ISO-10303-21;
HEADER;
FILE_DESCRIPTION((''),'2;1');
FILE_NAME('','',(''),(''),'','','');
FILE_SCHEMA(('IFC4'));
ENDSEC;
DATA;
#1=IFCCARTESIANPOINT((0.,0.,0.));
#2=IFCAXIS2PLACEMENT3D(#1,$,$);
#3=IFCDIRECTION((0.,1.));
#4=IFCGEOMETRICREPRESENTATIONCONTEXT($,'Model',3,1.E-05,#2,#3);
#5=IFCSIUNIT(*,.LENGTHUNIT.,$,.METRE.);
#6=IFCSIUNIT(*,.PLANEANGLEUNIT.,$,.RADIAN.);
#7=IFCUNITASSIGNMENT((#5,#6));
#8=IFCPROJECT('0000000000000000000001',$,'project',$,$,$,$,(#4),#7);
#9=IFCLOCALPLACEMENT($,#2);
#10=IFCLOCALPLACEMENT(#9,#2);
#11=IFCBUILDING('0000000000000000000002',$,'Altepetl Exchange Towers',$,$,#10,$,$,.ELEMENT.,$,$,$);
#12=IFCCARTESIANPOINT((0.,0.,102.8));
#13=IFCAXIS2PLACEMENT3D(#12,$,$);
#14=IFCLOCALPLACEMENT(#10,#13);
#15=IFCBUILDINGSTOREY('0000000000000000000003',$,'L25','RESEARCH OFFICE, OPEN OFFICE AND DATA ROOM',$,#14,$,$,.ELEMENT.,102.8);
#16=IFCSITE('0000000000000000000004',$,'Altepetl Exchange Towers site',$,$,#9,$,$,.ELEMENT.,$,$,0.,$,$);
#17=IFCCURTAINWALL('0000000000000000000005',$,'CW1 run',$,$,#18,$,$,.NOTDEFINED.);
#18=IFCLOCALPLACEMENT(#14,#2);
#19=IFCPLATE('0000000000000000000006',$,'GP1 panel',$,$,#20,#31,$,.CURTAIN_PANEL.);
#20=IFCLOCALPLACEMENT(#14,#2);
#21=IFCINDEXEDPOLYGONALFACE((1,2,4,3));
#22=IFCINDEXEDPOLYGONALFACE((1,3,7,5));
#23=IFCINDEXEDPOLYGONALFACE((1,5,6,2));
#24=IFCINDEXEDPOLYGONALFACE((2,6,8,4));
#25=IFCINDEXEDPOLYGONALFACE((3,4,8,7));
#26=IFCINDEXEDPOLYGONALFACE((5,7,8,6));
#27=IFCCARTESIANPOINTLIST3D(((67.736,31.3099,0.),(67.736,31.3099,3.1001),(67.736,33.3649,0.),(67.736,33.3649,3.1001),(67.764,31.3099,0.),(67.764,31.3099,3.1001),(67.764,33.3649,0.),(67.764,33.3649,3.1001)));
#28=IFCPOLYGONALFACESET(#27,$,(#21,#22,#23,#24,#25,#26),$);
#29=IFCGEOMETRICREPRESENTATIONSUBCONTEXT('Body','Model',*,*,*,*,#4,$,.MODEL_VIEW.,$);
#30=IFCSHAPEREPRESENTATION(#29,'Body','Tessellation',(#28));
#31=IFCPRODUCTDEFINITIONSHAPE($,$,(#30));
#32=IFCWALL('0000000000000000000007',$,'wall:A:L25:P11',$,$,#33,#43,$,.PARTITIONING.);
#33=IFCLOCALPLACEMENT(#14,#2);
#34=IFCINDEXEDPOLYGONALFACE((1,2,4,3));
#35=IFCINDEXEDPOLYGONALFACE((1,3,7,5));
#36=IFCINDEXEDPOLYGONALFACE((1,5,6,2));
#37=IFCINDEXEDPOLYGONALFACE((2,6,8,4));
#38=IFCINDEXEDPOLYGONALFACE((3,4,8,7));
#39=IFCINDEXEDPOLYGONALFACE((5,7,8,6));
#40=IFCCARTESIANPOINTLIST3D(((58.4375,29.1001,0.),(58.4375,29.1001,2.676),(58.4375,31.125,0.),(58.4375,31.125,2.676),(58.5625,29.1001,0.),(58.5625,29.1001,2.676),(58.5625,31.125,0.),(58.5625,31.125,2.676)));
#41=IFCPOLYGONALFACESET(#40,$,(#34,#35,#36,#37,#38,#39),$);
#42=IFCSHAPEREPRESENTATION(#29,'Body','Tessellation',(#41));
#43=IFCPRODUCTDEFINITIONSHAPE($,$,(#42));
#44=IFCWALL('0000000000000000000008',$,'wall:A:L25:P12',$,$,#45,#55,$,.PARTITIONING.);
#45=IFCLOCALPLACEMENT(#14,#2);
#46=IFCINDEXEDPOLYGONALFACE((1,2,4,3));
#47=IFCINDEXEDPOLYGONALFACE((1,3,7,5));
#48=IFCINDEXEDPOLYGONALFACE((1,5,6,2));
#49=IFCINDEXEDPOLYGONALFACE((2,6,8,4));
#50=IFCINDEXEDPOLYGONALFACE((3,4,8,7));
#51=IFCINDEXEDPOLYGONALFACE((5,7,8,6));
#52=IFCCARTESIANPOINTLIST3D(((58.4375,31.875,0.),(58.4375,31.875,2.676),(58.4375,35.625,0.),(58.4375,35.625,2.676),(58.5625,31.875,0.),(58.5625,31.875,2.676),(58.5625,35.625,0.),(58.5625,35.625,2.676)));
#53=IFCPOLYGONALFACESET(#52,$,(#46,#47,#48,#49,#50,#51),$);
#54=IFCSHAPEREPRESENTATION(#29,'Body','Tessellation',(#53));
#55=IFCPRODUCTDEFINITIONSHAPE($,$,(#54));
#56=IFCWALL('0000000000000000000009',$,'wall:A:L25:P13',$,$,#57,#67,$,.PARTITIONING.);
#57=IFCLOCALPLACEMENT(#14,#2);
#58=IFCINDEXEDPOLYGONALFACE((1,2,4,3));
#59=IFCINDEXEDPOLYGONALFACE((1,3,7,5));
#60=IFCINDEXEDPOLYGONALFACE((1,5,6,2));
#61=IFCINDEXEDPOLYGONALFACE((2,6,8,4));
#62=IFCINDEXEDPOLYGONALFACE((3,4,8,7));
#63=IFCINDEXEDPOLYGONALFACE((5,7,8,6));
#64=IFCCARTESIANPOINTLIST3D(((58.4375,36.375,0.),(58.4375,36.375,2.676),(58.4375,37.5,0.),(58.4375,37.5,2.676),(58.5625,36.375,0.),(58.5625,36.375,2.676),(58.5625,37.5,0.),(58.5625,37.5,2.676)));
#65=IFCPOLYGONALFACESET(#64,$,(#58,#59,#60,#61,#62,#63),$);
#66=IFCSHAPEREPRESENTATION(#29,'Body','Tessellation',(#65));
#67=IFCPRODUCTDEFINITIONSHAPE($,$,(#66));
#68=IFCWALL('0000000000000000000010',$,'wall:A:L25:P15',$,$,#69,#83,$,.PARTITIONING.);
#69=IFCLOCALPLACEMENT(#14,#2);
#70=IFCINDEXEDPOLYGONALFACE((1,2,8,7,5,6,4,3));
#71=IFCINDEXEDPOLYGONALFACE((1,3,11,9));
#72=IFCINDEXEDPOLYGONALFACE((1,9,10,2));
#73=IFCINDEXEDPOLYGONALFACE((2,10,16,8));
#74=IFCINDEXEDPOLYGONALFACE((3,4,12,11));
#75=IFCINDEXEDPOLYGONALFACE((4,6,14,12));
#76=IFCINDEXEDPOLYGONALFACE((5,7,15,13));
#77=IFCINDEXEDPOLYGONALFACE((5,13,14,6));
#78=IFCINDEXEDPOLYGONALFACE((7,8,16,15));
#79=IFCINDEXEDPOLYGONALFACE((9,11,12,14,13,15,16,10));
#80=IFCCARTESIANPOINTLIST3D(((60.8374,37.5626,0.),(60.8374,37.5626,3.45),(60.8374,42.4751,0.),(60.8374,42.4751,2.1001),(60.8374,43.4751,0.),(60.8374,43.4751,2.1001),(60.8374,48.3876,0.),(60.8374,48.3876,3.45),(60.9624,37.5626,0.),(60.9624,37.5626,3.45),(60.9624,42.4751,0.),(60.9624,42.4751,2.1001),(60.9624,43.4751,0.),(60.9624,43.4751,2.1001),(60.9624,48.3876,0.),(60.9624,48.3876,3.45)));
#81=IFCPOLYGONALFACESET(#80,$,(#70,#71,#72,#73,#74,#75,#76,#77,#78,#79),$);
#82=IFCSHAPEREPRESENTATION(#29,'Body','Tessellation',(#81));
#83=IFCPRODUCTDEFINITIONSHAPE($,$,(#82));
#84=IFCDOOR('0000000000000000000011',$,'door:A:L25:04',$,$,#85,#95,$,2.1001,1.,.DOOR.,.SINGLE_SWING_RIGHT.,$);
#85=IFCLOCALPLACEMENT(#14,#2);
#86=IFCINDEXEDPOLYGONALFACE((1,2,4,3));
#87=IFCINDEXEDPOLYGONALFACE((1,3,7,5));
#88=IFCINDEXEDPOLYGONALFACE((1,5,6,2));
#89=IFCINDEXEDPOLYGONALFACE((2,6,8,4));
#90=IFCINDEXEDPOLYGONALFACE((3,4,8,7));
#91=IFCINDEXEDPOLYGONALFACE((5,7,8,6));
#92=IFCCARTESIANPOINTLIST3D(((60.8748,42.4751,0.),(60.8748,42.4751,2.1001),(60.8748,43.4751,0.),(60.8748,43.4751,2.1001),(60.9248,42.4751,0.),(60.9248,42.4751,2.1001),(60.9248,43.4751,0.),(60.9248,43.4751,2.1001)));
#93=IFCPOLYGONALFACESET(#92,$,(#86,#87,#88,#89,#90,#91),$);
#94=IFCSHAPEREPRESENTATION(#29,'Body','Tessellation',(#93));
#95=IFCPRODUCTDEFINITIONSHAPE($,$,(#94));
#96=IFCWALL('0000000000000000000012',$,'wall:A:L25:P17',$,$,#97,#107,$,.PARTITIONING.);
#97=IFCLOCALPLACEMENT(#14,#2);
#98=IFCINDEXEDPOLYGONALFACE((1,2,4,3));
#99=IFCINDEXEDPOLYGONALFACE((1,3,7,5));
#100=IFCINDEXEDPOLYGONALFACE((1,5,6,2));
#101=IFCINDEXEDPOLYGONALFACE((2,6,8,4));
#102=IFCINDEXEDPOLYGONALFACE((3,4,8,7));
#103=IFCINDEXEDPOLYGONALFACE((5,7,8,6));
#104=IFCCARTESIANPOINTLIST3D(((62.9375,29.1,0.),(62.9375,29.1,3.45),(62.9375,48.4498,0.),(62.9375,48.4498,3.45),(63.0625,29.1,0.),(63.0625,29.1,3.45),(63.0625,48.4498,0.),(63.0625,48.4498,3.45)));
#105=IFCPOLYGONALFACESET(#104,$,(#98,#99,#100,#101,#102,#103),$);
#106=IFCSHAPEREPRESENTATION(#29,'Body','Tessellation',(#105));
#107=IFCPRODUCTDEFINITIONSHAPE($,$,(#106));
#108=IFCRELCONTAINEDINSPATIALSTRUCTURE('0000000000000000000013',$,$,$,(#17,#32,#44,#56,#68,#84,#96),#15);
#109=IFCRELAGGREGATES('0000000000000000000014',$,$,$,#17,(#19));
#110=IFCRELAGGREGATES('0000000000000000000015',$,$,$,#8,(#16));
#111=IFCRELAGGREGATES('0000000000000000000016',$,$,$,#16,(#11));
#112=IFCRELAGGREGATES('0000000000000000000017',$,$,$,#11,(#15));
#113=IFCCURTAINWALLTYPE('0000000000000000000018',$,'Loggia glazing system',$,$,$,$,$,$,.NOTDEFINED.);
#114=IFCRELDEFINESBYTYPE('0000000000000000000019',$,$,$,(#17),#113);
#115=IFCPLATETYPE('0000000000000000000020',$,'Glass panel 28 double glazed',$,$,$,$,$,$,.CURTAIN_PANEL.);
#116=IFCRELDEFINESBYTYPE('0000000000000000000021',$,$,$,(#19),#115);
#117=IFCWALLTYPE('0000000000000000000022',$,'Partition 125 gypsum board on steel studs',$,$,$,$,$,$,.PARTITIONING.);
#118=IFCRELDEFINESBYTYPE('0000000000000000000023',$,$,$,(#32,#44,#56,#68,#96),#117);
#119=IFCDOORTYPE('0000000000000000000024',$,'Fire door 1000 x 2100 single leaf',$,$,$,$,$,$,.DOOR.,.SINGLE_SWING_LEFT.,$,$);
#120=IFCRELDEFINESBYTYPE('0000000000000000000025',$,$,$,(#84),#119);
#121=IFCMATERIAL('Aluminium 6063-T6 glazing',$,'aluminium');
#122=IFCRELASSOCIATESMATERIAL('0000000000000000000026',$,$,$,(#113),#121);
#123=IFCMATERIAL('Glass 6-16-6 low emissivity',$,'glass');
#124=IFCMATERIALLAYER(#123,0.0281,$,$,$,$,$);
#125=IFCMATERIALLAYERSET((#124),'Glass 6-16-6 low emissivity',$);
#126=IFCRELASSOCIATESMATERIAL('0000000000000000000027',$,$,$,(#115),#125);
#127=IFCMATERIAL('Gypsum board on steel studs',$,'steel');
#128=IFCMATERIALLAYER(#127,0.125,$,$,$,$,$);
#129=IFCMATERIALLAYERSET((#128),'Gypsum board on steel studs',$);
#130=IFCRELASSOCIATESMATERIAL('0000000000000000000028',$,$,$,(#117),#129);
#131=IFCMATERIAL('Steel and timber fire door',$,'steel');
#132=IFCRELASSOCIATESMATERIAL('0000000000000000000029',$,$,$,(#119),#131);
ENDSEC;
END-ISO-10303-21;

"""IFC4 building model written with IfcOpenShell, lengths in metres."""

from ifc_helpers import new_model, si_unit, direction, frame, frame_2d, origin, origin_2d, place, context, subcontext, project, spatial, rectangle, extrude, material, layer, layer_set, type_object, element, fill, aggregate, save


model = new_model("IFC4")

# Units and contexts
model_context = context("Model", 3, precision=1e-05, world=origin(), true_north=direction((0.0, 1.0)))
body_context = subcontext(model_context, "Body", "Model", "MODEL_VIEW")
ifc_project = project(units=[si_unit("LENGTHUNIT", "METRE"), si_unit("PLANEANGLEUNIT", "RADIAN")], contexts=[model_context])

# Site, building, storey
site_placement = place(None, origin())
site = spatial("IfcSite", under=ifc_project, at=site_placement, Name="Altepetl Exchange Towers site", CompositionType="ELEMENT", RefElevation=0.0)
building_placement = place(site_placement, origin())
building = spatial("IfcBuilding", under=site, at=building_placement, Name="Altepetl Exchange Towers", CompositionType="ELEMENT")
storey_placement = place(building_placement, frame((0.0, 0.0, 102.8)))
storey = spatial("IfcBuildingStorey", under=building, at=storey_placement, Name="L25", Description="RESEARCH OFFICE, OPEN OFFICE AND DATA ROOM", CompositionType="ELEMENT", Elevation=102.8)

# Curtain wall
ifc_material_1 = material(Name="Aluminium 6063-T6 glazing", Category="aluminium")
curtain_wall_type = type_object("IfcCurtainWallType", Name="Loggia glazing system", PredefinedType="NOTDEFINED", material=ifc_material_1)
curtain_wall_1_placement = place(storey_placement, origin())
curtain_wall_1 = element("IfcCurtainWall", 1, at=curtain_wall_1_placement, inside=storey, type_object=curtain_wall_type, Name="CW1 run", PredefinedType="NOTDEFINED")

# Plate
ifc_material_2 = material(Name="Glass 6-16-6 low emissivity", Category="glass")
ifc_layer_1 = layer(ifc_material_2, 0.0281)
ifc_layer_set_1 = layer_set([ifc_layer_1], Name="Glass 6-16-6 low emissivity")
plate_type = type_object("IfcPlateType", Name="Glass panel 28 double glazed", PredefinedType="CURTAIN_PANEL", material=ifc_layer_set_1)
plate_1_placement = place(storey_placement, frame((67.75, 32.3374, 0.0), z_axis=(0.0, 0.0, 1.0), x_axis=(0.0, 1.0, 0.0)))
plate_1 = element("IfcPlate", 2, at=plate_1_placement, type_object=plate_type, Name="GP1 panel", PredefinedType="CURTAIN_PANEL", context=body_context, shape_type="SweptSolid", body=[
    extrude(rectangle(XDim=2.0549, YDim=0.0281, at=origin_2d()), origin(), (0.0, 0.0, 1.0), 3.1001),
])
aggregate(curtain_wall_1, [plate_1])

# Walls
ifc_material_3 = material(Name="Gypsum board on steel studs", Category="steel")
ifc_layer_2 = layer(ifc_material_3, 0.125)
ifc_layer_set_2 = layer_set([ifc_layer_2], Name="Gypsum board on steel studs")
wall_type = type_object("IfcWallType", Name="Partition 125 gypsum board on steel studs", PredefinedType="PARTITIONING", material=ifc_layer_set_2)
wall_1_placement = place(storey_placement, frame((58.5, 29.1001, 0.0), z_axis=(0.0, 0.0, 1.0), x_axis=(0.0, 1.0, 0.0)))
element("IfcWall", 3, at=wall_1_placement, inside=storey, type_object=wall_type, Name="wall:A:L25:P11", PredefinedType="PARTITIONING", context=body_context, shape_type="SweptSolid", body=[
    extrude(rectangle(XDim=2.0249, YDim=0.125, at=frame_2d((1.0125, 0.0))), origin(), (0.0, 0.0, 1.0), 2.676),
])
wall_2_placement = place(storey_placement, frame((58.5, 31.875, 0.0), z_axis=(0.0, 0.0, 1.0), x_axis=(0.0, 1.0, 0.0)))
element("IfcWall", 4, at=wall_2_placement, inside=storey, type_object=wall_type, Name="wall:A:L25:P12", PredefinedType="PARTITIONING", context=body_context, shape_type="SweptSolid", body=[
    extrude(rectangle(XDim=3.75, YDim=0.125, at=frame_2d((1.875, 0.0))), origin(), (0.0, 0.0, 1.0), 2.676),
])
wall_3_placement = place(storey_placement, frame((58.5, 36.375, 0.0), z_axis=(0.0, 0.0, 1.0), x_axis=(0.0, 1.0, 0.0)))
element("IfcWall", 5, at=wall_3_placement, inside=storey, type_object=wall_type, Name="wall:A:L25:P13", PredefinedType="PARTITIONING", context=body_context, shape_type="SweptSolid", body=[
    extrude(rectangle(XDim=1.125, YDim=0.125, at=frame_2d((0.5625, 0.0))), origin(), (0.0, 0.0, 1.0), 2.676),
])

# Wall, opening, door
wall_4_placement = place(storey_placement, frame((60.8999, 37.5625, 0.0), z_axis=(0.0, 0.0, 1.0), x_axis=(0.0, 1.0, 0.0)))
wall_4 = element("IfcWall", 6, at=wall_4_placement, inside=storey, type_object=wall_type, Name="wall:A:L25:P15", PredefinedType="PARTITIONING", context=body_context, shape_type="SweptSolid", body=[
    extrude(rectangle(XDim=10.825, YDim=0.125, at=frame_2d((5.4126, 0.0))), origin(), (0.0, 0.0, 1.0), 3.45),
])
opening_placement = place(wall_4_placement, frame((4.9126, 0.0, 0.0)))
opening = element("IfcOpeningElement", 7, at=opening_placement, cuts=wall_4, PredefinedType="OPENING", context=body_context, shape_type="SweptSolid", body=[
    extrude(rectangle(XDim=1.0, YDim=2.1001, at=frame_2d((0.5, 1.05))), frame((0.0, 0.0725, 0.0), z_axis=(0.0, -1.0, 0.0), x_axis=(1.0, 0.0, 0.0)), (0.0, 0.0, 1.0), 0.145),
])
ifc_material_4 = material(Name="Steel and timber fire door", Category="steel")
door_type = type_object("IfcDoorType", Name="Fire door 1000 x 2100 single leaf", OperationType="SINGLE_SWING_LEFT", PredefinedType="DOOR", material=ifc_material_4)
door_placement = place(opening_placement, frame((1.0, 0.0, 0.0), x_axis=(-1.0, 0.0, 0.0)))
door = element("IfcDoor", 8, at=door_placement, inside=storey, type_object=door_type, Name="door:A:L25:04", OperationType="SINGLE_SWING_RIGHT", OverallHeight=2.1001, OverallWidth=1.0, PredefinedType="DOOR", context=body_context, shape_type="SweptSolid", body=[
    extrude(rectangle(XDim=1.0, YDim=2.1001, at=frame_2d((0.5, 1.05))), frame((0.0, 0.0249, 0.0), z_axis=(0.0, -1.0, 0.0), x_axis=(1.0, 0.0, 0.0)), (0.0, 0.0, 1.0), 0.05),
])
fill(opening, door)

# Wall
wall_5_placement = place(storey_placement, frame((63.0, 29.1001, 0.0), z_axis=(0.0, 0.0, 1.0), x_axis=(0.0, 1.0, 0.0)))
element("IfcWall", 9, at=wall_5_placement, inside=storey, type_object=wall_type, Name="wall:A:L25:P17", PredefinedType="PARTITIONING", context=body_context, shape_type="SweptSolid", body=[
    extrude(rectangle(XDim=19.3499, YDim=0.125, at=frame_2d((9.6748, 0.0))), origin(), (0.0, 0.0, 1.0), 3.45),
])

save(model, "model.ifc")
